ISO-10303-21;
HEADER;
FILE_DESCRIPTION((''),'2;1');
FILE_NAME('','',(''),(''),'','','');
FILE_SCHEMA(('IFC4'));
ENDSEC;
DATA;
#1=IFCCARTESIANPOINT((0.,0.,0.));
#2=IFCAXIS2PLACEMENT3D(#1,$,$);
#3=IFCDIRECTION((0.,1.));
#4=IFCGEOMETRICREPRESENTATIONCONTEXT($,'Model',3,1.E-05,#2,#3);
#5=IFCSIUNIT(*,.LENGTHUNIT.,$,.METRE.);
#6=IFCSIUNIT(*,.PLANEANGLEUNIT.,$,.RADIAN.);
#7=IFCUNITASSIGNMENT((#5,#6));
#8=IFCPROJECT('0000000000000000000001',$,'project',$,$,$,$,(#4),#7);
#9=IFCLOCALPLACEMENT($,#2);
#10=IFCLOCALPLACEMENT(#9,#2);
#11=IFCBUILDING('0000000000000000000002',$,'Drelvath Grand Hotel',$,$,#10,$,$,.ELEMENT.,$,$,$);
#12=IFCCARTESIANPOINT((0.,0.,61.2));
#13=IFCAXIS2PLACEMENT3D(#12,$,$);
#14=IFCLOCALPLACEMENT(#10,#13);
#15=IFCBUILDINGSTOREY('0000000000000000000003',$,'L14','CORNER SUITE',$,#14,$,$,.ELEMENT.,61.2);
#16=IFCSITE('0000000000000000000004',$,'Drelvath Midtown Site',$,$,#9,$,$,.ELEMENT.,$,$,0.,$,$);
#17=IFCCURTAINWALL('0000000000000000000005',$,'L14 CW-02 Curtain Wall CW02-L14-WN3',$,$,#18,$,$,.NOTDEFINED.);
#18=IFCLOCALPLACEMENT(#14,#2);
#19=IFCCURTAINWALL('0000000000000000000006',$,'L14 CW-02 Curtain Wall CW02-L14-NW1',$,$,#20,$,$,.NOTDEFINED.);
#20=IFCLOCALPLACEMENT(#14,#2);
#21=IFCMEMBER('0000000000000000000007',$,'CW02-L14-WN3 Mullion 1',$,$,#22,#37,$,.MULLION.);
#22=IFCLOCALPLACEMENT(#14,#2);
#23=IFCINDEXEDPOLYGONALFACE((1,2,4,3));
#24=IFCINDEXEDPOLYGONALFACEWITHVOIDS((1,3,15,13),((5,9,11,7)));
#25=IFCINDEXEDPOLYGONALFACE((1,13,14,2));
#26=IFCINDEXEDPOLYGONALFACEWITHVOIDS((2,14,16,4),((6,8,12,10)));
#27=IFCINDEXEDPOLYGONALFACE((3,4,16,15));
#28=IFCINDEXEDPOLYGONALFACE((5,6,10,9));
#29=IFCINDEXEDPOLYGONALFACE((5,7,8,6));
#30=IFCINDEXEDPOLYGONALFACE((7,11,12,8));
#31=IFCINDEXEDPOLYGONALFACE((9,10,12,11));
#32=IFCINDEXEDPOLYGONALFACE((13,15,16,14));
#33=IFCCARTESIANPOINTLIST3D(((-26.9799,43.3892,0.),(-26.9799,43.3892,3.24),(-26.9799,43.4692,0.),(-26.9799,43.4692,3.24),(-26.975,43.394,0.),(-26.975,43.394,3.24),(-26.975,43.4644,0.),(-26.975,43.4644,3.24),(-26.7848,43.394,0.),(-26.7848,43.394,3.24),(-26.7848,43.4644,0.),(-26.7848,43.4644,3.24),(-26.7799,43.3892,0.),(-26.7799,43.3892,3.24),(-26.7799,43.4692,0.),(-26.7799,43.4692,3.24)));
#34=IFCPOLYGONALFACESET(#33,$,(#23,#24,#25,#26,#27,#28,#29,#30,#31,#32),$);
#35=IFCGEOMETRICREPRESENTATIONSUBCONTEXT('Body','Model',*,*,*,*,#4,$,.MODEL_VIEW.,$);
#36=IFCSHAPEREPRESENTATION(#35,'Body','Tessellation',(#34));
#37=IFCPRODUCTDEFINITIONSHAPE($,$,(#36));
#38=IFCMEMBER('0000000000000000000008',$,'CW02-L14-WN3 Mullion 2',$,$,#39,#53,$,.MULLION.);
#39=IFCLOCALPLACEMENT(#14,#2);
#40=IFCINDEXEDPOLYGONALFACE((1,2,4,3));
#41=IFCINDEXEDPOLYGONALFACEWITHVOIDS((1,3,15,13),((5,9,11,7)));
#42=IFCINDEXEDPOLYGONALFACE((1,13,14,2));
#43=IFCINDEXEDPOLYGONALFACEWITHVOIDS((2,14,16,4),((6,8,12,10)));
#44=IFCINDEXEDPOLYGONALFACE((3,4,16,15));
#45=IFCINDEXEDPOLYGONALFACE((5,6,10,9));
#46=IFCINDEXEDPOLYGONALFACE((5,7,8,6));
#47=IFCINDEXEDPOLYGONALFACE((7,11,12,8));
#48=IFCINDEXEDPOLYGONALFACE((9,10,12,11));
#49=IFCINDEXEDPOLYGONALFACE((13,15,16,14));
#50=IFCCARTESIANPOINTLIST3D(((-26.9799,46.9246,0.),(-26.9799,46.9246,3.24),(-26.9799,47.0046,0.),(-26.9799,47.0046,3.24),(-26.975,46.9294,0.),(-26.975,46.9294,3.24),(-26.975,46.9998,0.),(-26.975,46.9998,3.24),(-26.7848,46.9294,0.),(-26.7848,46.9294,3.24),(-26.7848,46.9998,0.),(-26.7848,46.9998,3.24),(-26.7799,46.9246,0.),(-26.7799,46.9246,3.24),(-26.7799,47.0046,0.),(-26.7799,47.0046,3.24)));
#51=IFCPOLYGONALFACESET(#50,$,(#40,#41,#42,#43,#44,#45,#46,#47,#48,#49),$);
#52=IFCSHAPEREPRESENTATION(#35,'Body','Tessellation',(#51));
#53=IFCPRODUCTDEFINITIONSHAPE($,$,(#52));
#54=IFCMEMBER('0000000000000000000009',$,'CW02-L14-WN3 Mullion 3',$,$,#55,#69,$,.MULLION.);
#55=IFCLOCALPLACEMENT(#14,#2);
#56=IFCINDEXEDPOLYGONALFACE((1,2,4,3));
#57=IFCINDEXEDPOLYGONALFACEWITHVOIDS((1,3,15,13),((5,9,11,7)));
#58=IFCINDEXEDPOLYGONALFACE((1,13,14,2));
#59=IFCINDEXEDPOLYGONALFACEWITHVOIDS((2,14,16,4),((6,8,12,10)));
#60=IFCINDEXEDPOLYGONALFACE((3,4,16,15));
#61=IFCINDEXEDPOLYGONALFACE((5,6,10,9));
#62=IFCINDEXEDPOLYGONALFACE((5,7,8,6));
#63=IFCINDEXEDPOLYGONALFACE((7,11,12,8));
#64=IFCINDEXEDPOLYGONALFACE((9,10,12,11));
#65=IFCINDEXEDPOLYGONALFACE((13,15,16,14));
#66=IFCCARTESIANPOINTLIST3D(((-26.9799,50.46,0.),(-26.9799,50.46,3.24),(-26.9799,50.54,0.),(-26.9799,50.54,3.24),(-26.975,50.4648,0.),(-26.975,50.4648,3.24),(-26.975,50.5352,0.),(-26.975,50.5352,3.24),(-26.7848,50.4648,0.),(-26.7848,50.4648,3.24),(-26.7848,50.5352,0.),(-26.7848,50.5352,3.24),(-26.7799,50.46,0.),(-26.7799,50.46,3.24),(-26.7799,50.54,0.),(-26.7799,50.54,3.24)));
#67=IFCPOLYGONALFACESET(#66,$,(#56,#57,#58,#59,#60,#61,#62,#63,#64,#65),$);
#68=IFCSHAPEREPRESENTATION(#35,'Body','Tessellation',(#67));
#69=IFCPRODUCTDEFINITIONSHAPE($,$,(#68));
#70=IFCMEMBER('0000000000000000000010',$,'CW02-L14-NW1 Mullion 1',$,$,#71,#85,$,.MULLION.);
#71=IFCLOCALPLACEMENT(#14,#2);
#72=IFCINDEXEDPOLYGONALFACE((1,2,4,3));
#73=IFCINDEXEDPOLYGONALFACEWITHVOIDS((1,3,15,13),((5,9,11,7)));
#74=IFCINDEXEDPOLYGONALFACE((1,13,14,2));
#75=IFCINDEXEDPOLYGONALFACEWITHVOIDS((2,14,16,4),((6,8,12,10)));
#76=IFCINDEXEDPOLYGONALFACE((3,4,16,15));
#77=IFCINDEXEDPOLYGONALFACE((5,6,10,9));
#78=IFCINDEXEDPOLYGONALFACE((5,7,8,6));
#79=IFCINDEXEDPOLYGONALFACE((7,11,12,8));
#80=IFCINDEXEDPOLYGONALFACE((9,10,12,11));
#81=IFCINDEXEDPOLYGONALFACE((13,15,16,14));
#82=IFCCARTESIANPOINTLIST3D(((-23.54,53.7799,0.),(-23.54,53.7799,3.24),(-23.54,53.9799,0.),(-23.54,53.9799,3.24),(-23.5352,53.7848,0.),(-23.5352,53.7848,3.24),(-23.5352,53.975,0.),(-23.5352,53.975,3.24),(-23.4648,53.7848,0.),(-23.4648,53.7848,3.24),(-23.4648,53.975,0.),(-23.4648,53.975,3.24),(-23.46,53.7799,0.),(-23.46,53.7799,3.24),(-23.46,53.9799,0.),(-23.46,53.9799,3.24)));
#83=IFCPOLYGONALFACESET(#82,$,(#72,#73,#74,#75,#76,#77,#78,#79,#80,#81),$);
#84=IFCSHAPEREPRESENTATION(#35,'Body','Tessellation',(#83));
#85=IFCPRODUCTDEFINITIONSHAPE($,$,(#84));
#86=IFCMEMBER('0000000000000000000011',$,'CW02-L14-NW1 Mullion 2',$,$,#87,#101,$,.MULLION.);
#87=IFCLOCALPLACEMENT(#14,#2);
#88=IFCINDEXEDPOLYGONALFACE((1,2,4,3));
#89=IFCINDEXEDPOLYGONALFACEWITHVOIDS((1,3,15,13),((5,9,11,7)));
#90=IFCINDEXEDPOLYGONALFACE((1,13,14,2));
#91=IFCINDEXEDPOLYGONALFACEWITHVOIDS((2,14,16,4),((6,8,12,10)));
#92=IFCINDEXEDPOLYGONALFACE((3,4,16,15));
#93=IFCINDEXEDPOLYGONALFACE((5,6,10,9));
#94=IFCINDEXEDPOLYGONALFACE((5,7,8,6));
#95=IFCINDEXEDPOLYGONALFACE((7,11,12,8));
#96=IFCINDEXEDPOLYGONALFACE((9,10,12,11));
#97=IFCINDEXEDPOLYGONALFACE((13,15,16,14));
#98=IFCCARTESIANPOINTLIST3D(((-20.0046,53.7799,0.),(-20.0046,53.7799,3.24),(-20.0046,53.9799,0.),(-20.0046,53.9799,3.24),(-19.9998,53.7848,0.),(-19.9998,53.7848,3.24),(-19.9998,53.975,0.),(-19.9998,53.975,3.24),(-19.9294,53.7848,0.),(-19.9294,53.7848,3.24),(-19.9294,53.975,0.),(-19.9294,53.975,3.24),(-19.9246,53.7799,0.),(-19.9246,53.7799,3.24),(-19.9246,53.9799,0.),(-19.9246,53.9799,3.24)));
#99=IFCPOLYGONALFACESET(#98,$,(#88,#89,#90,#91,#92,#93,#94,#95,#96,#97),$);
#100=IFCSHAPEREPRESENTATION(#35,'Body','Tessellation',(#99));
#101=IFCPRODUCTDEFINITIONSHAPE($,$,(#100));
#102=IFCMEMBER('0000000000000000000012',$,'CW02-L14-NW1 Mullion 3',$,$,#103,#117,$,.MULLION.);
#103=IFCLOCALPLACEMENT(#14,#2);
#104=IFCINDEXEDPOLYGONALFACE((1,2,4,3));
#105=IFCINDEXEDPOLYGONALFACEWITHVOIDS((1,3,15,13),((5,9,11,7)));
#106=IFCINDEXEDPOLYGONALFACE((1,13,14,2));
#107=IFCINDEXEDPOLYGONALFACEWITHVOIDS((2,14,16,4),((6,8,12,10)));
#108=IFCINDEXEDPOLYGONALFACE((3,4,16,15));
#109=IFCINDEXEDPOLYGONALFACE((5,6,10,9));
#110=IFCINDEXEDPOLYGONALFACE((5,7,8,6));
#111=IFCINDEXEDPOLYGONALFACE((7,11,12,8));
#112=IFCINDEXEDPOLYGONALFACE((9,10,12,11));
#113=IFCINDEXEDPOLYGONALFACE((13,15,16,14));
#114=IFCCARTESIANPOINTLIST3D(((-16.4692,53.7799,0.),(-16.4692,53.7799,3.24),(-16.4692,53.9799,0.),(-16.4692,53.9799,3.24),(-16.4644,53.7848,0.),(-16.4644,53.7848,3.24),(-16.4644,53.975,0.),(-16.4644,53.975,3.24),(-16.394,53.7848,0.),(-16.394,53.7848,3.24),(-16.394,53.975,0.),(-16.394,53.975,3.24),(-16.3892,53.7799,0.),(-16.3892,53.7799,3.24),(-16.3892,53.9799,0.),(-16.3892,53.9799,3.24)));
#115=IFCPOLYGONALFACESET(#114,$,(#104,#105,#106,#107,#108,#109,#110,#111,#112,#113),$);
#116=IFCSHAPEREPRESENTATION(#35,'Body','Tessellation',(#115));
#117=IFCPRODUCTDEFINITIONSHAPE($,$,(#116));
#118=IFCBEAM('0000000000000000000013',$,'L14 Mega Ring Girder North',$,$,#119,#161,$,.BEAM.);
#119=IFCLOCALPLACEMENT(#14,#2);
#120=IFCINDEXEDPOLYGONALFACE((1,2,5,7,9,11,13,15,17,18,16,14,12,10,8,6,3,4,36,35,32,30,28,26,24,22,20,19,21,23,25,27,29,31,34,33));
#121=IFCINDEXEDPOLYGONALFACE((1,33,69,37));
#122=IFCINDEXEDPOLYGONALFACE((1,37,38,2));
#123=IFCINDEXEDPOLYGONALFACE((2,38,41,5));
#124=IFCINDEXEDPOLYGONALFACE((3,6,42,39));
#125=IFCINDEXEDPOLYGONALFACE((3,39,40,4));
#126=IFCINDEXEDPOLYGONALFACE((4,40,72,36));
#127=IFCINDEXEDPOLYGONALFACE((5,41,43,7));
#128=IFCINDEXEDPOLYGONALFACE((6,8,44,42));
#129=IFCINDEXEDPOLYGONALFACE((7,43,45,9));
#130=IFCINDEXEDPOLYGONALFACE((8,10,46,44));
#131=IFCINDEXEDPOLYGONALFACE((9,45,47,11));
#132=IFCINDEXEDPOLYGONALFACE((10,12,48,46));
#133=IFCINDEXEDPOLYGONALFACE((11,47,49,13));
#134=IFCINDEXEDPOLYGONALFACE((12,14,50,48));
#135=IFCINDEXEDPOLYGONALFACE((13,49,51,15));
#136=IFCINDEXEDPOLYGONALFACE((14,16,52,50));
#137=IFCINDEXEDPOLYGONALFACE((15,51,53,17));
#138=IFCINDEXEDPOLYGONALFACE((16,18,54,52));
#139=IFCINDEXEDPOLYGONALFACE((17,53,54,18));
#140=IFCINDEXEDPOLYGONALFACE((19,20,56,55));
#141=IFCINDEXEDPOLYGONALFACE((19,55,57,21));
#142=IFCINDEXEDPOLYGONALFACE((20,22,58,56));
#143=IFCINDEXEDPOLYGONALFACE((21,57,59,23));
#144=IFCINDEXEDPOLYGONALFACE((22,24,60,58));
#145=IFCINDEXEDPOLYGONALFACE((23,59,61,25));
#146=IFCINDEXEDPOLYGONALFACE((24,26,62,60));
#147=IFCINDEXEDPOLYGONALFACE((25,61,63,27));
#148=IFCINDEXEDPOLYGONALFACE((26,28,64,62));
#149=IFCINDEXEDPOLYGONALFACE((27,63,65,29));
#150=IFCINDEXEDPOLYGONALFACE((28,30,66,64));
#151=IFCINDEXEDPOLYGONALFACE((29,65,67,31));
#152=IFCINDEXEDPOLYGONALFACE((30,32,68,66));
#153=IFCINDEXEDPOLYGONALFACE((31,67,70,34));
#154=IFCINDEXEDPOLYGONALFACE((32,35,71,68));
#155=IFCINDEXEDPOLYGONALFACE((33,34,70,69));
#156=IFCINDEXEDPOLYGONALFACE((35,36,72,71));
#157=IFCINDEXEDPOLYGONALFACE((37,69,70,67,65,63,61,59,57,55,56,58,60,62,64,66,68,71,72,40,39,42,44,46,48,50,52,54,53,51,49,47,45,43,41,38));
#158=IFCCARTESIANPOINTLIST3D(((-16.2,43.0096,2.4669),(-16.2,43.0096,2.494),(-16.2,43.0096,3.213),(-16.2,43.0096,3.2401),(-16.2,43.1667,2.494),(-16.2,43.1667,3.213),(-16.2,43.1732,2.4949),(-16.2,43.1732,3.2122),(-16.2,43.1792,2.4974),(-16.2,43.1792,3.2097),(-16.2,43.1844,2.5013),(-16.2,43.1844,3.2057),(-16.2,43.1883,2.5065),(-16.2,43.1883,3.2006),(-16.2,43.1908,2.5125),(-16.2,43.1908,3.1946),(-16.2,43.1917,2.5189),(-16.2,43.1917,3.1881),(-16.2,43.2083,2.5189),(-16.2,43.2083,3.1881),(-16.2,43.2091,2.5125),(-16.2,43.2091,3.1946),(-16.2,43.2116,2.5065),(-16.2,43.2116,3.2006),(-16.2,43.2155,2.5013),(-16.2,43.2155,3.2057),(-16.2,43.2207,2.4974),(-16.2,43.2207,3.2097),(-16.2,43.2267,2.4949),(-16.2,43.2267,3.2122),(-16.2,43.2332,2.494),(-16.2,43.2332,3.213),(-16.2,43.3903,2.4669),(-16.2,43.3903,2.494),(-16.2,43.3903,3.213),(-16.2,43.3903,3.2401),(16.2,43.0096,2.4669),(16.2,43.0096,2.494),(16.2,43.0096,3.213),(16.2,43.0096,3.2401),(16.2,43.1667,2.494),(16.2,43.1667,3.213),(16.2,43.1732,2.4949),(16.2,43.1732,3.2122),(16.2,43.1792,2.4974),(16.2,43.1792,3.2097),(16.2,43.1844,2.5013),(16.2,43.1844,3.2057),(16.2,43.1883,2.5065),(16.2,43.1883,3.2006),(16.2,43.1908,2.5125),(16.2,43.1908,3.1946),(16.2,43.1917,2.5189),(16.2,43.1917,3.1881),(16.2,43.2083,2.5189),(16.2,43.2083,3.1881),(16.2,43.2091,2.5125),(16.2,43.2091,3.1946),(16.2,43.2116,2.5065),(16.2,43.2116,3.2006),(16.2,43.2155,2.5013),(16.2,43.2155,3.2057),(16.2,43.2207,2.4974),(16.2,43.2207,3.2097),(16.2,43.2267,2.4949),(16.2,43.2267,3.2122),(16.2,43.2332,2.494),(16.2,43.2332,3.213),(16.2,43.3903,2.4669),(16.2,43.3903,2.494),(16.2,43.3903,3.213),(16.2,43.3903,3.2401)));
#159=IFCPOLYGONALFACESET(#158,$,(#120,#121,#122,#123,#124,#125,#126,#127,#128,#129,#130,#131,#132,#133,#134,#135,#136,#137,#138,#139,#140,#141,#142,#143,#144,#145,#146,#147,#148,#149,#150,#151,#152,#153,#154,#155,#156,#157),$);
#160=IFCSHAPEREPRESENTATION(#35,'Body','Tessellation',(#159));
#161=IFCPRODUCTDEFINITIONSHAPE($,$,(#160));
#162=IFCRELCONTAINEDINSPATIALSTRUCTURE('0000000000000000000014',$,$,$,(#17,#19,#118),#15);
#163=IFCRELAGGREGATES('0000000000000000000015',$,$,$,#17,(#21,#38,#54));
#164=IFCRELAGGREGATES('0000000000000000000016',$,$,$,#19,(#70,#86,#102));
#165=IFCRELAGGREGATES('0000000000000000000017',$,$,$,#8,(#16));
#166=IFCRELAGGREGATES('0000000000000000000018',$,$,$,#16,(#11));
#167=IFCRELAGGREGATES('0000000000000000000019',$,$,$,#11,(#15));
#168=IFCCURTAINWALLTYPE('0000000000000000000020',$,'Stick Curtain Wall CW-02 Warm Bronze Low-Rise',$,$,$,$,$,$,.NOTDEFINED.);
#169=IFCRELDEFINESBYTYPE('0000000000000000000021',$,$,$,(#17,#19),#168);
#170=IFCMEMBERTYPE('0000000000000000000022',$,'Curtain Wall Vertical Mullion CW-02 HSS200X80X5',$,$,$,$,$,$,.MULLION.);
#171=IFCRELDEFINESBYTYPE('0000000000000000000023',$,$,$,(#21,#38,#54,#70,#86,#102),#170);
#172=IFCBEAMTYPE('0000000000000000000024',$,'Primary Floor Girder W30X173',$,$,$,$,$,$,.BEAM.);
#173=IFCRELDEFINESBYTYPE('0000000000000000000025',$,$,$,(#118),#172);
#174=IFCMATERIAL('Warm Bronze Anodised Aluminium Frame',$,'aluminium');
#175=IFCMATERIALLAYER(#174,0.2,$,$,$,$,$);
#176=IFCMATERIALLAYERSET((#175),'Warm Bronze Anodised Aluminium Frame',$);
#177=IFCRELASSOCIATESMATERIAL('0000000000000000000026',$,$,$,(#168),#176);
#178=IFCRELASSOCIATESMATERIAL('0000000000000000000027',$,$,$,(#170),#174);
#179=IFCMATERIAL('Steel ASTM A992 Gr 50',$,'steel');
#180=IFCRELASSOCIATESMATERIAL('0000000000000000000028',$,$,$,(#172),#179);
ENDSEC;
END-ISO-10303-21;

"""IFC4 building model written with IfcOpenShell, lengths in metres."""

from ifc_helpers import new_model, si_unit, direction, frame, origin, origin_2d, place, context, subcontext, project, spatial, hollow_rectangle, i_section, extrude, material, layer, layer_set, material_profile, profile_set, type_object, element, aggregate, save


model = new_model("IFC4")

# Units and contexts
model_context = context("Model", 3, precision=1e-05, world=origin(), true_north=direction((0.0, 1.0)))
body_context = subcontext(model_context, "Body", "Model", "MODEL_VIEW")
ifc_project = project(units=[si_unit("LENGTHUNIT", "METRE"), si_unit("PLANEANGLEUNIT", "RADIAN")], contexts=[model_context])

# Site, building, storey
site_placement = place(None, origin())
site = spatial("IfcSite", under=ifc_project, at=site_placement, Name="Drelvath Midtown Site", CompositionType="ELEMENT", RefElevation=0.0)
building_placement = place(site_placement, origin())
building = spatial("IfcBuilding", under=site, at=building_placement, Name="Drelvath Grand Hotel", CompositionType="ELEMENT")
storey_placement = place(building_placement, frame((0.0, 0.0, 61.2)))
storey = spatial("IfcBuildingStorey", under=building, at=storey_placement, Name="L14", Description="CORNER SUITE", CompositionType="ELEMENT", Elevation=61.2)

# Shared definitions
ifc_material_1 = material(Name="Steel ASTM A992 Gr 50", Category="steel")

# Curtain walls
ifc_material_2 = material(Name="Warm Bronze Anodised Aluminium Frame", Category="aluminium")
ifc_layer_1 = layer(ifc_material_2, 0.2)
ifc_layer_set_1 = layer_set([ifc_layer_1], Name="Warm Bronze Anodised Aluminium Frame")
curtain_wall_type = type_object("IfcCurtainWallType", Name="Stick Curtain Wall CW-02 Warm Bronze Low-Rise", PredefinedType="NOTDEFINED", material=ifc_layer_set_1)
curtain_wall_1_placement = place(storey_placement, origin())
curtain_wall_1 = element("IfcCurtainWall", 1, at=curtain_wall_1_placement, inside=storey, type_object=curtain_wall_type, Name="L14 CW-02 Curtain Wall CW02-L14-WN3", PredefinedType="NOTDEFINED")
curtain_wall_2_placement = place(storey_placement, origin())
curtain_wall_2 = element("IfcCurtainWall", 2, at=curtain_wall_2_placement, inside=storey, type_object=curtain_wall_type, Name="L14 CW-02 Curtain Wall CW02-L14-NW1", PredefinedType="NOTDEFINED")

# Shared definitions
ifc_material_profile_1 = material_profile(ifc_material_2, hollow_rectangle(XDim=0.0801, YDim=0.2, WallThickness=0.0049, at=origin_2d()), Name="HSS200X80X5")
ifc_profile_set_1 = profile_set([ifc_material_profile_1], Name="Warm Bronze Anodised Aluminium Frame")
member_type_1 = type_object("IfcMemberType", Name="Curtain Wall Vertical Mullion CW-02 HSS200X80X5", PredefinedType="MULLION", material=ifc_profile_set_1)

# Members
member_1_placement = place(storey_placement, frame((-26.8799, 43.4292, 0.0), z_axis=(0.0, 0.0, 1.0), x_axis=(0.0, 1.0, 0.0)))
member_1 = element("IfcMember", 3, at=member_1_placement, type_object=member_type_1, Name="CW02-L14-WN3 Mullion 1", PredefinedType="MULLION", context=body_context, shape_type="SweptSolid", body=[
    extrude(hollow_rectangle(XDim=0.0801, YDim=0.2, WallThickness=0.0049, at=origin_2d()), origin(), (0.0, 0.0, 1.0), 3.24),
])
member_2_placement = place(storey_placement, frame((-26.8799, 46.9646, 0.0), z_axis=(0.0, 0.0, 1.0), x_axis=(0.0, 1.0, 0.0)))
member_2 = element("IfcMember", 4, at=member_2_placement, type_object=member_type_1, Name="CW02-L14-WN3 Mullion 2", PredefinedType="MULLION", context=body_context, shape_type="SweptSolid", body=[
    extrude(hollow_rectangle(XDim=0.0801, YDim=0.2, WallThickness=0.0049, at=origin_2d()), origin(), (0.0, 0.0, 1.0), 3.24),
])
member_3_placement = place(storey_placement, frame((-26.8799, 50.5, 0.0), z_axis=(0.0, 0.0, 1.0), x_axis=(0.0, 1.0, 0.0)))
member_3 = element("IfcMember", 5, at=member_3_placement, type_object=member_type_1, Name="CW02-L14-WN3 Mullion 3", PredefinedType="MULLION", context=body_context, shape_type="SweptSolid", body=[
    extrude(hollow_rectangle(XDim=0.0801, YDim=0.2, WallThickness=0.0049, at=origin_2d()), origin(), (0.0, 0.0, 1.0), 3.24),
])
member_4_placement = place(storey_placement, frame((-23.5, 53.8799, 0.0), z_axis=(0.0, 0.0, 1.0), x_axis=(1.0, 0.0, 0.0)))
member_4 = element("IfcMember", 6, at=member_4_placement, type_object=member_type_1, Name="CW02-L14-NW1 Mullion 1", PredefinedType="MULLION", context=body_context, shape_type="SweptSolid", body=[
    extrude(hollow_rectangle(XDim=0.0801, YDim=0.2, WallThickness=0.0049, at=origin_2d()), origin(), (0.0, 0.0, 1.0), 3.24),
])
member_5_placement = place(storey_placement, frame((-19.9646, 53.8799, 0.0), z_axis=(0.0, 0.0, 1.0), x_axis=(1.0, 0.0, 0.0)))
member_5 = element("IfcMember", 7, at=member_5_placement, type_object=member_type_1, Name="CW02-L14-NW1 Mullion 2", PredefinedType="MULLION", context=body_context, shape_type="SweptSolid", body=[
    extrude(hollow_rectangle(XDim=0.0801, YDim=0.2, WallThickness=0.0049, at=origin_2d()), origin(), (0.0, 0.0, 1.0), 3.24),
])
member_6_placement = place(storey_placement, frame((-16.4292, 53.8799, 0.0), z_axis=(0.0, 0.0, 1.0), x_axis=(1.0, 0.0, 0.0)))
member_6 = element("IfcMember", 8, at=member_6_placement, type_object=member_type_1, Name="CW02-L14-NW1 Mullion 3", PredefinedType="MULLION", context=body_context, shape_type="SweptSolid", body=[
    extrude(hollow_rectangle(XDim=0.0801, YDim=0.2, WallThickness=0.0049, at=origin_2d()), origin(), (0.0, 0.0, 1.0), 3.24),
])

# Beam
ifc_material_profile_2 = material_profile(ifc_material_1, i_section(OverallWidth=0.3806, OverallDepth=0.7732, WebThickness=0.0166, FlangeThickness=0.0271, FilletRadius=0.0249, at=origin_2d()), Name="W30X173")
ifc_profile_set_2 = profile_set([ifc_material_profile_2], Name="Steel ASTM A992 Gr 50")
beam_type_1 = type_object("IfcBeamType", Name="Primary Floor Girder W30X173", PredefinedType="BEAM", material=ifc_profile_set_2)
beam_1_placement = place(storey_placement, frame((-16.2, 43.2, 2.8535), z_axis=(1.0, 0.0, 0.0), x_axis=(0.0, 1.0, 0.0)))
element("IfcBeam", 9, at=beam_1_placement, inside=storey, type_object=beam_type_1, Name="L14 Mega Ring Girder North", PredefinedType="BEAM", context=body_context, shape_type="SweptSolid", body=[
    extrude(i_section(OverallWidth=0.3806, OverallDepth=0.7732, WebThickness=0.0166, FlangeThickness=0.0271, FilletRadius=0.0249, at=origin_2d()), origin(), (0.0, 0.0, 1.0), 32.3999),
])

aggregate(curtain_wall_1, [member_1, member_2, member_3])
aggregate(curtain_wall_2, [member_4, member_5, member_6])

save(model, "model.ifc")
